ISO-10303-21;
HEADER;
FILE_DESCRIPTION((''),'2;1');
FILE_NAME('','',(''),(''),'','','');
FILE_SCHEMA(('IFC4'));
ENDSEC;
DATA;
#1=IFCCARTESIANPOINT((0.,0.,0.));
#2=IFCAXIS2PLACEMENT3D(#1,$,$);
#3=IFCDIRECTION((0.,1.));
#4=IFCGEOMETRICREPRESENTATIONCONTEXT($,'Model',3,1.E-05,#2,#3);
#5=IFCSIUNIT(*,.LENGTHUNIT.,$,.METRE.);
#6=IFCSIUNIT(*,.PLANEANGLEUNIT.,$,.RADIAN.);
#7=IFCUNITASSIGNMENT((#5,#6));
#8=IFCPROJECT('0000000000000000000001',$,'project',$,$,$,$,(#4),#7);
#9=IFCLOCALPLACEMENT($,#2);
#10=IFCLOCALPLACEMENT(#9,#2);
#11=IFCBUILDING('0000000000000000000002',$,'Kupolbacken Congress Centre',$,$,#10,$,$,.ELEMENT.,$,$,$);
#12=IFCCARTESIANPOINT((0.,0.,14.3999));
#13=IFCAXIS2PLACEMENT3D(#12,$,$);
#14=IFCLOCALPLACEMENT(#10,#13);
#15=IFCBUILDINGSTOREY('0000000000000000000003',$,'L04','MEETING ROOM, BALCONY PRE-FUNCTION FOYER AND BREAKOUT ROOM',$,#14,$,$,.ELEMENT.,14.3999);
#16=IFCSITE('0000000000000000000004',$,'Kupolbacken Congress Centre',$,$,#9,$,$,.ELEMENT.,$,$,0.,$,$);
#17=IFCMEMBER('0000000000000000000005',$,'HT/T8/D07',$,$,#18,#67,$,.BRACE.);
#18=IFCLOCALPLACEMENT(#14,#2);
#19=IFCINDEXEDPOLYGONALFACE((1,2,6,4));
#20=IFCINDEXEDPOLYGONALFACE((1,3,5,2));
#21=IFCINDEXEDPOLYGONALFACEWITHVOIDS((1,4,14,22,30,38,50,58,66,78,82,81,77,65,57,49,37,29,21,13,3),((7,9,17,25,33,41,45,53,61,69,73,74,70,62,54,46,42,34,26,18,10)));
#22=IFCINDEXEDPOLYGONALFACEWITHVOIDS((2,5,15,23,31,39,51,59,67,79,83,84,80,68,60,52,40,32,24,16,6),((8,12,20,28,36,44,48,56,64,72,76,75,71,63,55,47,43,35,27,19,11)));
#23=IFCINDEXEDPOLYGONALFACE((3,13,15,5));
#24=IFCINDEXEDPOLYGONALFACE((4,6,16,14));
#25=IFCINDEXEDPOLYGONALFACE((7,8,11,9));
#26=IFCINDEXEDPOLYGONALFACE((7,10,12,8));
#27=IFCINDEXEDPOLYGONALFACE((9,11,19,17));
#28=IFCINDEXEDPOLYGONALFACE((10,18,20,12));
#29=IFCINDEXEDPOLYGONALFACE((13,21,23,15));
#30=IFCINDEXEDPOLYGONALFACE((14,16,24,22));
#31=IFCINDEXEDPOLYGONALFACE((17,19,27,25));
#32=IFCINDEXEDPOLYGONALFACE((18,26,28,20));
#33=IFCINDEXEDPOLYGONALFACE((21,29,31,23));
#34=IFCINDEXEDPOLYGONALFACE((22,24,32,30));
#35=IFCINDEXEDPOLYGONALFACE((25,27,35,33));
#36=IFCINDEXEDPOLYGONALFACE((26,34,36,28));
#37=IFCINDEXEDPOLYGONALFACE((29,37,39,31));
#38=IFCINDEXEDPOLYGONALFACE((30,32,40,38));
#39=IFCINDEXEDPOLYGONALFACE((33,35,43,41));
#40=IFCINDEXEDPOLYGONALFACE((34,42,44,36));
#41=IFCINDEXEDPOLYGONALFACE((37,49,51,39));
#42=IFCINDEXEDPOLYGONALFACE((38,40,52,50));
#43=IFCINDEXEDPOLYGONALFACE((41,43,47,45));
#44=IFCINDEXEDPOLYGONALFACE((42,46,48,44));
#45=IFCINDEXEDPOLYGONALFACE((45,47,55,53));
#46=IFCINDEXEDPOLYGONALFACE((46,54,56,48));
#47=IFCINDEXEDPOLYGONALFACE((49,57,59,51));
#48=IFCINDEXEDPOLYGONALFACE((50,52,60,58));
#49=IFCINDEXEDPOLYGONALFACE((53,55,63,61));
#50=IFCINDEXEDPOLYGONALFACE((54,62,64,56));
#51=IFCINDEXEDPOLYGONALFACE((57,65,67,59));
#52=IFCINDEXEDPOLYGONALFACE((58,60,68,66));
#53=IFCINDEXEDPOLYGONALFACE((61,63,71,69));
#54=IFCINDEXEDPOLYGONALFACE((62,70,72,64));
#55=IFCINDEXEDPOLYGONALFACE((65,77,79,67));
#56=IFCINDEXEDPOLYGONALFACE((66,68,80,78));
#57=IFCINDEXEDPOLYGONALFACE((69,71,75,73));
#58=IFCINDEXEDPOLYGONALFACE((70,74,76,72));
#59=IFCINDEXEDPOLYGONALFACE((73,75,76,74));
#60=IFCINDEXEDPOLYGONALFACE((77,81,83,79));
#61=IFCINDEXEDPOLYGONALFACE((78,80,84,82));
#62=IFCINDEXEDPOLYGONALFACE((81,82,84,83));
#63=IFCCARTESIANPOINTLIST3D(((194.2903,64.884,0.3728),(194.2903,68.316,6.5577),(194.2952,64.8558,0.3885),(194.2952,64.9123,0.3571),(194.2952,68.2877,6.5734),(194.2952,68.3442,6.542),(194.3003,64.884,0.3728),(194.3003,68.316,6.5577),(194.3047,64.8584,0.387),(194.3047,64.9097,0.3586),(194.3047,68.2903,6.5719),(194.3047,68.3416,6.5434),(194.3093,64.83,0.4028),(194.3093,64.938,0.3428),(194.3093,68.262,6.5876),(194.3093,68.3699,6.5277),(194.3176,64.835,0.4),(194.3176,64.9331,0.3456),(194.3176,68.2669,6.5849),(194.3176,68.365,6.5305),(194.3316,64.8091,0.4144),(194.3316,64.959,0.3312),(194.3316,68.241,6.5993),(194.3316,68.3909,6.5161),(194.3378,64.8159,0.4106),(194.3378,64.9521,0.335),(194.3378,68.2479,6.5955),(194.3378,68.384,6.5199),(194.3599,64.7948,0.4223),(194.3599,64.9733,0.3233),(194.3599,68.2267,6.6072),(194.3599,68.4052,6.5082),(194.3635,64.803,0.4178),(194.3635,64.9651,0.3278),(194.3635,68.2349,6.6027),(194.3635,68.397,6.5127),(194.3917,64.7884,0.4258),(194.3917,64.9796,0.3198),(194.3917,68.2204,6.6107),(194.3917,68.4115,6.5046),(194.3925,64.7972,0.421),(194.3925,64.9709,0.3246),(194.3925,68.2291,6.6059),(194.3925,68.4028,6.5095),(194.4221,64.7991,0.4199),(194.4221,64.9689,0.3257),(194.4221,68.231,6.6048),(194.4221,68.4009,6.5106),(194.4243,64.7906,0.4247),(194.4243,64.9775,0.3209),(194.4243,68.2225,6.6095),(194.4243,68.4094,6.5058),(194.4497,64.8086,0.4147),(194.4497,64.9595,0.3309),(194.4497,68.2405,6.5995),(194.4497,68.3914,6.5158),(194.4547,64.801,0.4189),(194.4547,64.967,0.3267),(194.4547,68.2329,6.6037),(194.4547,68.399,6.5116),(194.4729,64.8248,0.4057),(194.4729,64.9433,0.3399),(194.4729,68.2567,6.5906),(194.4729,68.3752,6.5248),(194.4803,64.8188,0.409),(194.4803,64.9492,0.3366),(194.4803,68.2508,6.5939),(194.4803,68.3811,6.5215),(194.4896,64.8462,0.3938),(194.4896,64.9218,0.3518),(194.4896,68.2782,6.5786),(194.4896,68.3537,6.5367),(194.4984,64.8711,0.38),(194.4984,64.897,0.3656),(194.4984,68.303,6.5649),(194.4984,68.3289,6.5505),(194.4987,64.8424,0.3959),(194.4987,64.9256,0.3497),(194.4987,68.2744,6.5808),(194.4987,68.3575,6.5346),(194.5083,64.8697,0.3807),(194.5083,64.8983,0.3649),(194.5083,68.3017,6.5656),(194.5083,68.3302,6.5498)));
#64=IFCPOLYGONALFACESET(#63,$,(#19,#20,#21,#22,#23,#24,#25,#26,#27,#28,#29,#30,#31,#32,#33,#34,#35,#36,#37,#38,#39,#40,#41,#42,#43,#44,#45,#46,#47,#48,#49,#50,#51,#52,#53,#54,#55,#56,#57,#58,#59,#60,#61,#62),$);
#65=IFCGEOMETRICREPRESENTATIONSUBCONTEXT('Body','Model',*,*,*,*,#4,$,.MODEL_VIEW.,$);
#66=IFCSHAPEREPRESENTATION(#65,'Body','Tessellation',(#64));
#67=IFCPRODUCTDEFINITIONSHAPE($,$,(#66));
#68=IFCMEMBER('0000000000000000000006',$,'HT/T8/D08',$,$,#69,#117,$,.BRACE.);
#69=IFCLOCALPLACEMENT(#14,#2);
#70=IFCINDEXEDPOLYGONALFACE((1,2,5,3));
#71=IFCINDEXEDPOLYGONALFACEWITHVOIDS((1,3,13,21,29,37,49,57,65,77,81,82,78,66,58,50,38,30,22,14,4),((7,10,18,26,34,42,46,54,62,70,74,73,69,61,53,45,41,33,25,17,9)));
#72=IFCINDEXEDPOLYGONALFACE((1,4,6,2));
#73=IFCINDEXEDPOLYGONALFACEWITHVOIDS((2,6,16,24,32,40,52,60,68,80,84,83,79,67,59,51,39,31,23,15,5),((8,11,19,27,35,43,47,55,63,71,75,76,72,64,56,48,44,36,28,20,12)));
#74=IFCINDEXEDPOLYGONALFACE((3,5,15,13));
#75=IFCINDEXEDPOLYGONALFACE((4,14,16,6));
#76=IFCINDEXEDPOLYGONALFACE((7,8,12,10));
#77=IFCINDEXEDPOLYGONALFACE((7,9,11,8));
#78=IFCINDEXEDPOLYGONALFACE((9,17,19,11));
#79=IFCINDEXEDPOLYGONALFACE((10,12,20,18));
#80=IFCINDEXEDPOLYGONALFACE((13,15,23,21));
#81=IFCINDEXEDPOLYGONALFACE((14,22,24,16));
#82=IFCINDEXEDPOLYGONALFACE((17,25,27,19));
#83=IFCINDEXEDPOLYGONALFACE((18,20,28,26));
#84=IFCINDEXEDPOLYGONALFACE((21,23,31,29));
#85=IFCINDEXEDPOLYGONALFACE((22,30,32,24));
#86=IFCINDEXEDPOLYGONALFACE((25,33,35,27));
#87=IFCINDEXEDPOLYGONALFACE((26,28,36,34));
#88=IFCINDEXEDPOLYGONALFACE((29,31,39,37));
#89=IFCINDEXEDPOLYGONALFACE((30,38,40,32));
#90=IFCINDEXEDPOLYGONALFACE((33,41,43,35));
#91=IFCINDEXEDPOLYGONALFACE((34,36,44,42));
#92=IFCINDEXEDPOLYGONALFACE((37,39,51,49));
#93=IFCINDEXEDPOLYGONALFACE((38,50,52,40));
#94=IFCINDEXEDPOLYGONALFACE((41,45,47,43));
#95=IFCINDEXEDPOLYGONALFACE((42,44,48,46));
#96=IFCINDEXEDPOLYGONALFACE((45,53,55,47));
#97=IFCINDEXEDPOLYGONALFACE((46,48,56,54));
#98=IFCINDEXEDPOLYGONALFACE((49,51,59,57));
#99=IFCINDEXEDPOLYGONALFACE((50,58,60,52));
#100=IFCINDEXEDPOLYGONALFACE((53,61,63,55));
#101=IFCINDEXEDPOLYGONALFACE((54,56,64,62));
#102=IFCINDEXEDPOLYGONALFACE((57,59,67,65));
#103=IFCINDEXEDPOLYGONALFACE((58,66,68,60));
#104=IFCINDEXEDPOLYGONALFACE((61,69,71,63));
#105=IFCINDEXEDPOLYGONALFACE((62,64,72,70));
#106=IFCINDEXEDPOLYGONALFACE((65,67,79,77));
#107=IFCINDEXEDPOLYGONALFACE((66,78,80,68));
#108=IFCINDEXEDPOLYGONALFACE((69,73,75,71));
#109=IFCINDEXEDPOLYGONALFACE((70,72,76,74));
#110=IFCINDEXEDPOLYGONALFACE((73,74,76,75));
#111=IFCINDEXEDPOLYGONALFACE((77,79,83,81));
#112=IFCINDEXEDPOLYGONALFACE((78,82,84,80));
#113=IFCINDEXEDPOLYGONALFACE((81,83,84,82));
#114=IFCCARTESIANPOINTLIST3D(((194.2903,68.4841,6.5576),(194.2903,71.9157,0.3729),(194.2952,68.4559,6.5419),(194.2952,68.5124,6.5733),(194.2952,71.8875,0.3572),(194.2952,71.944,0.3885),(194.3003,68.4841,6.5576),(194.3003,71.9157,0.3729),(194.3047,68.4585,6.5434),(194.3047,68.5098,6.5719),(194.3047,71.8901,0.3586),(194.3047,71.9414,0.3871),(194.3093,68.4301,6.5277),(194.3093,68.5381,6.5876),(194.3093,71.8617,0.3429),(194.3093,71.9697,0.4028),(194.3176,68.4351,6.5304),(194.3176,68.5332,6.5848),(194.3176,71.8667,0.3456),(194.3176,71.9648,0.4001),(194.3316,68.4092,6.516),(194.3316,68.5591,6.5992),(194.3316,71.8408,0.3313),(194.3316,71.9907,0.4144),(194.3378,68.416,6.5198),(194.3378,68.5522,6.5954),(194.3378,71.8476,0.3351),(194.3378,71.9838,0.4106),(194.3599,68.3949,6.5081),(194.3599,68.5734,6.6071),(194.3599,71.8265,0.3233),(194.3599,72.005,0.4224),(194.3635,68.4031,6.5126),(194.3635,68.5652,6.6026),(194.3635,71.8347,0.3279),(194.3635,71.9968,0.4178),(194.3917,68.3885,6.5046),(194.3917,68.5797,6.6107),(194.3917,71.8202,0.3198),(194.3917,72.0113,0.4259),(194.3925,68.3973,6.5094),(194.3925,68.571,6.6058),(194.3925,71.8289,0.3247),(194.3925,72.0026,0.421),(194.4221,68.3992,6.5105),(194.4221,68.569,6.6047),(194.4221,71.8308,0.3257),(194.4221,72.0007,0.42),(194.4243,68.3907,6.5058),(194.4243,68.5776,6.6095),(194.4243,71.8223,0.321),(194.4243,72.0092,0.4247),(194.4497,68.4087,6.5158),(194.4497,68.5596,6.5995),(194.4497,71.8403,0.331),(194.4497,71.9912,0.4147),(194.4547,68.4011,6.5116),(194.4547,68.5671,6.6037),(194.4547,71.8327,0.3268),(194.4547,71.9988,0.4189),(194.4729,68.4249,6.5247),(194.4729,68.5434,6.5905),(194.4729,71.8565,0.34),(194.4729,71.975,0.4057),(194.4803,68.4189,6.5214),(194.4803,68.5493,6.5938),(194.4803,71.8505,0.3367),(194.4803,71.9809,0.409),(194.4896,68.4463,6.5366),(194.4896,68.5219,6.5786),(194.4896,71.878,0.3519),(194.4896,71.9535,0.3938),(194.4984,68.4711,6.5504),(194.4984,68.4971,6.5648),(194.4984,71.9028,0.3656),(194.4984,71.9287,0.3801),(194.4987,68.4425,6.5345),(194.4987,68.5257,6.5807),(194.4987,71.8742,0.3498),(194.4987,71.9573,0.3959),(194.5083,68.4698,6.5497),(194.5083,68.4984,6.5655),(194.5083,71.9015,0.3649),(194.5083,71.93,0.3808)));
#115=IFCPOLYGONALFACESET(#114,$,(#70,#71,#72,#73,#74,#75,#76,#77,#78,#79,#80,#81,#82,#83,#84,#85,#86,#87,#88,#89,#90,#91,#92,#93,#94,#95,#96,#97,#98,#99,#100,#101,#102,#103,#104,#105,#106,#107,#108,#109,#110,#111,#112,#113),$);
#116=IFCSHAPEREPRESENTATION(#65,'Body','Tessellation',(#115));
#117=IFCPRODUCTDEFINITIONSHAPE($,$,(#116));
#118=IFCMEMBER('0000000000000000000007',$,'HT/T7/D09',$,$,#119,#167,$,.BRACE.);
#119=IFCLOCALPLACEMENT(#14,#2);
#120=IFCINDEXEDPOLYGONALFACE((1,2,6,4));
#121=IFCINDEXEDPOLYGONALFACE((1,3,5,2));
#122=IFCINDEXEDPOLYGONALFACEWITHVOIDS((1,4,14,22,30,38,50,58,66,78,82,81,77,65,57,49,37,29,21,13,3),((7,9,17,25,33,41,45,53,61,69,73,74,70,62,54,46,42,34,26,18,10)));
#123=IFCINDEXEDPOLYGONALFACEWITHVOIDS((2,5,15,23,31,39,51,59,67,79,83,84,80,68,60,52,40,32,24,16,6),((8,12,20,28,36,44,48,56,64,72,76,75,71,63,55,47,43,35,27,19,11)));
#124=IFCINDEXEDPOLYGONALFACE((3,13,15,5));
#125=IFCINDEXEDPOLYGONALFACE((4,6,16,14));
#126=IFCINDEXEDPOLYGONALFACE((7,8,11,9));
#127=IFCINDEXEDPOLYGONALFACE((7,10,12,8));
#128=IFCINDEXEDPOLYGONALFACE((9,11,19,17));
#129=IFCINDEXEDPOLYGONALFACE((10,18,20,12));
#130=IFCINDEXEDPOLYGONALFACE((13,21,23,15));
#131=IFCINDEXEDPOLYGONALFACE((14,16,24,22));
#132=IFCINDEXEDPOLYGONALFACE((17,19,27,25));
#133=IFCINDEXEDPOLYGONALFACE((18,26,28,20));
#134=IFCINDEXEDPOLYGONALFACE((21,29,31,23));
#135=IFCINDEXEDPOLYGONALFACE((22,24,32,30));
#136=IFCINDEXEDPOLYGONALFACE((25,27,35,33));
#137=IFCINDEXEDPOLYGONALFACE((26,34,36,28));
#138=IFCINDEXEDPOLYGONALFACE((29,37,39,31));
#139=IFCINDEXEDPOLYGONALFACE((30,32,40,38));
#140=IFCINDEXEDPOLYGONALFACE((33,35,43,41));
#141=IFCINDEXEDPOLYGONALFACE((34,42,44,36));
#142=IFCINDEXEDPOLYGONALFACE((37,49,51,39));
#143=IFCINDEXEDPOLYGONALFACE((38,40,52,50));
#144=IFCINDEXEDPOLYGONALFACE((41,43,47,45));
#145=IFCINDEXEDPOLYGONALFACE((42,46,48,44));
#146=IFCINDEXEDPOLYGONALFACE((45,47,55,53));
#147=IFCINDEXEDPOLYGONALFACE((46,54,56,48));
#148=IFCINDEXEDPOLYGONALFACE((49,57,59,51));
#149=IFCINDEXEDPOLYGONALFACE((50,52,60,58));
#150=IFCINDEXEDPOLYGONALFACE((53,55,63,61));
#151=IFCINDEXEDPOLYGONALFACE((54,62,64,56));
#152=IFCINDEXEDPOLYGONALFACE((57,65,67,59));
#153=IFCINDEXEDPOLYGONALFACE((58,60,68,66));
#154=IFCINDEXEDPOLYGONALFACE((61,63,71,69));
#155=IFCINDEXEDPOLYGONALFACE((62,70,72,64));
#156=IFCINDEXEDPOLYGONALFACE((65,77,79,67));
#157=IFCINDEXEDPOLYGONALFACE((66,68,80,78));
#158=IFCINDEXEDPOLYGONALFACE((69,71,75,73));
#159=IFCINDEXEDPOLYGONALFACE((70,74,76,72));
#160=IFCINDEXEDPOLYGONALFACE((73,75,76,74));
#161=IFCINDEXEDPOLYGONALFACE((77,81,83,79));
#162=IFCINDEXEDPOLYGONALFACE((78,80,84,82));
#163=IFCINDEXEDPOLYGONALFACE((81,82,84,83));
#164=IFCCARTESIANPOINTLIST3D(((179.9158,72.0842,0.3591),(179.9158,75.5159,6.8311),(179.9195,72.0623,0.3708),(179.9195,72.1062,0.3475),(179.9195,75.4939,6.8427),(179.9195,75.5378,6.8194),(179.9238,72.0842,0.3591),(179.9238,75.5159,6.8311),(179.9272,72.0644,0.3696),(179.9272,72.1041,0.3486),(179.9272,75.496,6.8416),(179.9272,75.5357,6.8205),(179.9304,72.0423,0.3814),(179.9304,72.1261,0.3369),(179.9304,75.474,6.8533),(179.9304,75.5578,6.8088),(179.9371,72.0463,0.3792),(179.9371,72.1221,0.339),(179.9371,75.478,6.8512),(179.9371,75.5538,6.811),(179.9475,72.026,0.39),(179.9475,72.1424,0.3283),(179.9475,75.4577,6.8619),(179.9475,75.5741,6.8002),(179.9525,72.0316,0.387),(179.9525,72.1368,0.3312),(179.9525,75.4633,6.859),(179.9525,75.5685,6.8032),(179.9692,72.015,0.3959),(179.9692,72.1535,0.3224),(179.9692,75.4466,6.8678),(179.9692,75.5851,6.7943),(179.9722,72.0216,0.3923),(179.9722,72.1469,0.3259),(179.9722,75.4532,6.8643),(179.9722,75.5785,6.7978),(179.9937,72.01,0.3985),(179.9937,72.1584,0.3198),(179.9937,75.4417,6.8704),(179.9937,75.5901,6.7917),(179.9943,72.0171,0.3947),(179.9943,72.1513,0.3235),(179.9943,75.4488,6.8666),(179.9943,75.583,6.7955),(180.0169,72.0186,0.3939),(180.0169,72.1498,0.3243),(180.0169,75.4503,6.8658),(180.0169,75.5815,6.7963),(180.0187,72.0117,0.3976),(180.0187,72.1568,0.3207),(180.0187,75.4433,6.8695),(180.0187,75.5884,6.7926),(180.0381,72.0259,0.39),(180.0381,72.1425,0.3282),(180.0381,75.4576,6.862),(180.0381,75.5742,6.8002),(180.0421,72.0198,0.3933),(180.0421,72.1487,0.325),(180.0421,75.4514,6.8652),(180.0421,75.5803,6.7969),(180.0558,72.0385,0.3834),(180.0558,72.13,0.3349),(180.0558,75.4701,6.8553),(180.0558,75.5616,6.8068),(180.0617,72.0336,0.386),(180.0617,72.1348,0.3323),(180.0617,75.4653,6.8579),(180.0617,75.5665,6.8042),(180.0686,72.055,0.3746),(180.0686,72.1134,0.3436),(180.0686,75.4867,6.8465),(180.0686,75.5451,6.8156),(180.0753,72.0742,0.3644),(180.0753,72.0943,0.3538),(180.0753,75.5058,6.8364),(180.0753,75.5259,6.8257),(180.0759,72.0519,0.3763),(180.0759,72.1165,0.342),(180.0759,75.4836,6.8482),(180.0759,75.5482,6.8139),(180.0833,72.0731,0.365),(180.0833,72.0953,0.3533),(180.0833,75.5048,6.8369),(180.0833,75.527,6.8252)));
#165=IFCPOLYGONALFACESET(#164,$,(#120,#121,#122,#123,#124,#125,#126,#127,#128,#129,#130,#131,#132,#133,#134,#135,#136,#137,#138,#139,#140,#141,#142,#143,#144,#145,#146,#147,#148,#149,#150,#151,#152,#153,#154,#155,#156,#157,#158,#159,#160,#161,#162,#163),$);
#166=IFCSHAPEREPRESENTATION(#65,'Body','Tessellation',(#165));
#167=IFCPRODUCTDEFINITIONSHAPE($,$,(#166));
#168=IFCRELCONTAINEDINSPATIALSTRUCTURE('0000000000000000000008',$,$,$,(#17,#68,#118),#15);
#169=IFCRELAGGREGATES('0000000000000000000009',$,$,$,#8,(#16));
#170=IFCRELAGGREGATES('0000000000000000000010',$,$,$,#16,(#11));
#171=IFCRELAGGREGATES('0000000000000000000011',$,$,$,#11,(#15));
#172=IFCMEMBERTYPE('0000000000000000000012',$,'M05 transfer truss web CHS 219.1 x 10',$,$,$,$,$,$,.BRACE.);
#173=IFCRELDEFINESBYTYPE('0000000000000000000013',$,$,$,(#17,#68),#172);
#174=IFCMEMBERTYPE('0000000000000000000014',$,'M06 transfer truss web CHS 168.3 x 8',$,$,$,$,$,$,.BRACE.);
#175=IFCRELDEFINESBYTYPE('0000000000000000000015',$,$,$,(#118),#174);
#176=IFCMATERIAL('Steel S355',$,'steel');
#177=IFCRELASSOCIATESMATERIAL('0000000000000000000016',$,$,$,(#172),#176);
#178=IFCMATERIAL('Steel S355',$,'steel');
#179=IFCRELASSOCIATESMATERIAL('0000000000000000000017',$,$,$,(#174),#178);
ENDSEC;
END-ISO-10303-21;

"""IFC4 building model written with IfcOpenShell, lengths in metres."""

from ifc_helpers import new_model, si_unit, direction, frame, origin, origin_2d, place, context, subcontext, project, spatial, hollow_circle, extrude, material, material_profile, profile_set, type_object, element, save


model = new_model("IFC4")

# Units and contexts
model_context = context("Model", 3, precision=1e-05, world=origin(), true_north=direction((0.0, 1.0)))
body_context = subcontext(model_context, "Body", "Model", "MODEL_VIEW")
ifc_project = project(units=[si_unit("LENGTHUNIT", "METRE"), si_unit("PLANEANGLEUNIT", "RADIAN")], contexts=[model_context])

# Site, building, storey
site_placement = place(None, origin())
site = spatial("IfcSite", under=ifc_project, at=site_placement, Name="Kupolbacken Congress Centre", CompositionType="ELEMENT", RefElevation=0.0)
building_placement = place(site_placement, origin())
building = spatial("IfcBuilding", under=site, at=building_placement, Name="Kupolbacken Congress Centre", CompositionType="ELEMENT")
storey_placement = place(building_placement, frame((0.0, 0.0, 14.3999)))
storey = spatial("IfcBuildingStorey", under=building, at=storey_placement, Name="L04", Description="MEETING ROOM, BALCONY PRE-FUNCTION FOYER AND BREAKOUT ROOM", CompositionType="ELEMENT", Elevation=14.3999)

# Members
ifc_material_1 = material(Name="Steel S355", Category="steel")
ifc_material_profile_1 = material_profile(ifc_material_1, hollow_circle(Radius=0.1096, WallThickness=0.01, at=origin_2d()), Name="CHS 219.1 x 10")
ifc_profile_set_1 = profile_set([ifc_material_profile_1], Name="Steel S355")
member_type_1 = type_object("IfcMemberType", Name="M05 transfer truss web CHS 219.1 x 10", PredefinedType="BRACE", material=ifc_profile_set_1)
member_1_placement = place(storey_placement, frame((194.3999, 64.884, 0.3728), z_axis=(0.0, 0.485197, 0.874405), x_axis=(-1.0, 0.0, 0.0)))
element("IfcMember", 1, at=member_1_placement, inside=storey, type_object=member_type_1, Name="HT/T8/D07", PredefinedType="BRACE", context=body_context, shape_type="SweptSolid", body=[
    extrude(hollow_circle(Radius=0.1096, WallThickness=0.01, at=origin_2d()), origin(), (0.0, 0.0, 1.0), 7.0732),
])
member_2_placement = place(storey_placement, frame((194.3999, 68.4841, 6.5576), z_axis=(0.0, 0.485171, -0.874419), x_axis=(-1.0, 0.0, 0.0)))
element("IfcMember", 2, at=member_2_placement, inside=storey, type_object=member_type_1, Name="HT/T8/D08", PredefinedType="BRACE", context=body_context, shape_type="SweptSolid", body=[
    extrude(hollow_circle(Radius=0.1096, WallThickness=0.01, at=origin_2d()), origin(), (0.0, 0.0, 1.0), 7.073),
])
ifc_material_2 = material(Name="Steel S355", Category="steel")
ifc_material_profile_2 = material_profile(ifc_material_2, hollow_circle(Radius=0.0842, WallThickness=0.0081, at=origin_2d()), Name="CHS 168.3 x 8")
ifc_profile_set_2 = profile_set([ifc_material_profile_2], Name="Steel S355")
member_type_2 = type_object("IfcMemberType", Name="M06 transfer truss web CHS 168.3 x 8", PredefinedType="BRACE", material=ifc_profile_set_2)
for number, where, z_axis, x_axis, name in (
    (3, (180.0, 72.0842, 0.3591), (0.0, 0.468456, 0.883487), (-1.0, 0.0, 0.0), "HT/T7/D09"),
):
    element("IfcMember", number, at=place(storey_placement, frame(where, z_axis=z_axis, x_axis=x_axis)), inside=storey, type_object=member_type_2, Name=name, PredefinedType="BRACE", context=body_context, shape_type="SweptSolid", body=[
        extrude(hollow_circle(Radius=0.0842, WallThickness=0.0081, at=origin_2d()), origin(), (0.0, 0.0, 1.0), 7.3254),
    ])

save(model, "model.ifc")
